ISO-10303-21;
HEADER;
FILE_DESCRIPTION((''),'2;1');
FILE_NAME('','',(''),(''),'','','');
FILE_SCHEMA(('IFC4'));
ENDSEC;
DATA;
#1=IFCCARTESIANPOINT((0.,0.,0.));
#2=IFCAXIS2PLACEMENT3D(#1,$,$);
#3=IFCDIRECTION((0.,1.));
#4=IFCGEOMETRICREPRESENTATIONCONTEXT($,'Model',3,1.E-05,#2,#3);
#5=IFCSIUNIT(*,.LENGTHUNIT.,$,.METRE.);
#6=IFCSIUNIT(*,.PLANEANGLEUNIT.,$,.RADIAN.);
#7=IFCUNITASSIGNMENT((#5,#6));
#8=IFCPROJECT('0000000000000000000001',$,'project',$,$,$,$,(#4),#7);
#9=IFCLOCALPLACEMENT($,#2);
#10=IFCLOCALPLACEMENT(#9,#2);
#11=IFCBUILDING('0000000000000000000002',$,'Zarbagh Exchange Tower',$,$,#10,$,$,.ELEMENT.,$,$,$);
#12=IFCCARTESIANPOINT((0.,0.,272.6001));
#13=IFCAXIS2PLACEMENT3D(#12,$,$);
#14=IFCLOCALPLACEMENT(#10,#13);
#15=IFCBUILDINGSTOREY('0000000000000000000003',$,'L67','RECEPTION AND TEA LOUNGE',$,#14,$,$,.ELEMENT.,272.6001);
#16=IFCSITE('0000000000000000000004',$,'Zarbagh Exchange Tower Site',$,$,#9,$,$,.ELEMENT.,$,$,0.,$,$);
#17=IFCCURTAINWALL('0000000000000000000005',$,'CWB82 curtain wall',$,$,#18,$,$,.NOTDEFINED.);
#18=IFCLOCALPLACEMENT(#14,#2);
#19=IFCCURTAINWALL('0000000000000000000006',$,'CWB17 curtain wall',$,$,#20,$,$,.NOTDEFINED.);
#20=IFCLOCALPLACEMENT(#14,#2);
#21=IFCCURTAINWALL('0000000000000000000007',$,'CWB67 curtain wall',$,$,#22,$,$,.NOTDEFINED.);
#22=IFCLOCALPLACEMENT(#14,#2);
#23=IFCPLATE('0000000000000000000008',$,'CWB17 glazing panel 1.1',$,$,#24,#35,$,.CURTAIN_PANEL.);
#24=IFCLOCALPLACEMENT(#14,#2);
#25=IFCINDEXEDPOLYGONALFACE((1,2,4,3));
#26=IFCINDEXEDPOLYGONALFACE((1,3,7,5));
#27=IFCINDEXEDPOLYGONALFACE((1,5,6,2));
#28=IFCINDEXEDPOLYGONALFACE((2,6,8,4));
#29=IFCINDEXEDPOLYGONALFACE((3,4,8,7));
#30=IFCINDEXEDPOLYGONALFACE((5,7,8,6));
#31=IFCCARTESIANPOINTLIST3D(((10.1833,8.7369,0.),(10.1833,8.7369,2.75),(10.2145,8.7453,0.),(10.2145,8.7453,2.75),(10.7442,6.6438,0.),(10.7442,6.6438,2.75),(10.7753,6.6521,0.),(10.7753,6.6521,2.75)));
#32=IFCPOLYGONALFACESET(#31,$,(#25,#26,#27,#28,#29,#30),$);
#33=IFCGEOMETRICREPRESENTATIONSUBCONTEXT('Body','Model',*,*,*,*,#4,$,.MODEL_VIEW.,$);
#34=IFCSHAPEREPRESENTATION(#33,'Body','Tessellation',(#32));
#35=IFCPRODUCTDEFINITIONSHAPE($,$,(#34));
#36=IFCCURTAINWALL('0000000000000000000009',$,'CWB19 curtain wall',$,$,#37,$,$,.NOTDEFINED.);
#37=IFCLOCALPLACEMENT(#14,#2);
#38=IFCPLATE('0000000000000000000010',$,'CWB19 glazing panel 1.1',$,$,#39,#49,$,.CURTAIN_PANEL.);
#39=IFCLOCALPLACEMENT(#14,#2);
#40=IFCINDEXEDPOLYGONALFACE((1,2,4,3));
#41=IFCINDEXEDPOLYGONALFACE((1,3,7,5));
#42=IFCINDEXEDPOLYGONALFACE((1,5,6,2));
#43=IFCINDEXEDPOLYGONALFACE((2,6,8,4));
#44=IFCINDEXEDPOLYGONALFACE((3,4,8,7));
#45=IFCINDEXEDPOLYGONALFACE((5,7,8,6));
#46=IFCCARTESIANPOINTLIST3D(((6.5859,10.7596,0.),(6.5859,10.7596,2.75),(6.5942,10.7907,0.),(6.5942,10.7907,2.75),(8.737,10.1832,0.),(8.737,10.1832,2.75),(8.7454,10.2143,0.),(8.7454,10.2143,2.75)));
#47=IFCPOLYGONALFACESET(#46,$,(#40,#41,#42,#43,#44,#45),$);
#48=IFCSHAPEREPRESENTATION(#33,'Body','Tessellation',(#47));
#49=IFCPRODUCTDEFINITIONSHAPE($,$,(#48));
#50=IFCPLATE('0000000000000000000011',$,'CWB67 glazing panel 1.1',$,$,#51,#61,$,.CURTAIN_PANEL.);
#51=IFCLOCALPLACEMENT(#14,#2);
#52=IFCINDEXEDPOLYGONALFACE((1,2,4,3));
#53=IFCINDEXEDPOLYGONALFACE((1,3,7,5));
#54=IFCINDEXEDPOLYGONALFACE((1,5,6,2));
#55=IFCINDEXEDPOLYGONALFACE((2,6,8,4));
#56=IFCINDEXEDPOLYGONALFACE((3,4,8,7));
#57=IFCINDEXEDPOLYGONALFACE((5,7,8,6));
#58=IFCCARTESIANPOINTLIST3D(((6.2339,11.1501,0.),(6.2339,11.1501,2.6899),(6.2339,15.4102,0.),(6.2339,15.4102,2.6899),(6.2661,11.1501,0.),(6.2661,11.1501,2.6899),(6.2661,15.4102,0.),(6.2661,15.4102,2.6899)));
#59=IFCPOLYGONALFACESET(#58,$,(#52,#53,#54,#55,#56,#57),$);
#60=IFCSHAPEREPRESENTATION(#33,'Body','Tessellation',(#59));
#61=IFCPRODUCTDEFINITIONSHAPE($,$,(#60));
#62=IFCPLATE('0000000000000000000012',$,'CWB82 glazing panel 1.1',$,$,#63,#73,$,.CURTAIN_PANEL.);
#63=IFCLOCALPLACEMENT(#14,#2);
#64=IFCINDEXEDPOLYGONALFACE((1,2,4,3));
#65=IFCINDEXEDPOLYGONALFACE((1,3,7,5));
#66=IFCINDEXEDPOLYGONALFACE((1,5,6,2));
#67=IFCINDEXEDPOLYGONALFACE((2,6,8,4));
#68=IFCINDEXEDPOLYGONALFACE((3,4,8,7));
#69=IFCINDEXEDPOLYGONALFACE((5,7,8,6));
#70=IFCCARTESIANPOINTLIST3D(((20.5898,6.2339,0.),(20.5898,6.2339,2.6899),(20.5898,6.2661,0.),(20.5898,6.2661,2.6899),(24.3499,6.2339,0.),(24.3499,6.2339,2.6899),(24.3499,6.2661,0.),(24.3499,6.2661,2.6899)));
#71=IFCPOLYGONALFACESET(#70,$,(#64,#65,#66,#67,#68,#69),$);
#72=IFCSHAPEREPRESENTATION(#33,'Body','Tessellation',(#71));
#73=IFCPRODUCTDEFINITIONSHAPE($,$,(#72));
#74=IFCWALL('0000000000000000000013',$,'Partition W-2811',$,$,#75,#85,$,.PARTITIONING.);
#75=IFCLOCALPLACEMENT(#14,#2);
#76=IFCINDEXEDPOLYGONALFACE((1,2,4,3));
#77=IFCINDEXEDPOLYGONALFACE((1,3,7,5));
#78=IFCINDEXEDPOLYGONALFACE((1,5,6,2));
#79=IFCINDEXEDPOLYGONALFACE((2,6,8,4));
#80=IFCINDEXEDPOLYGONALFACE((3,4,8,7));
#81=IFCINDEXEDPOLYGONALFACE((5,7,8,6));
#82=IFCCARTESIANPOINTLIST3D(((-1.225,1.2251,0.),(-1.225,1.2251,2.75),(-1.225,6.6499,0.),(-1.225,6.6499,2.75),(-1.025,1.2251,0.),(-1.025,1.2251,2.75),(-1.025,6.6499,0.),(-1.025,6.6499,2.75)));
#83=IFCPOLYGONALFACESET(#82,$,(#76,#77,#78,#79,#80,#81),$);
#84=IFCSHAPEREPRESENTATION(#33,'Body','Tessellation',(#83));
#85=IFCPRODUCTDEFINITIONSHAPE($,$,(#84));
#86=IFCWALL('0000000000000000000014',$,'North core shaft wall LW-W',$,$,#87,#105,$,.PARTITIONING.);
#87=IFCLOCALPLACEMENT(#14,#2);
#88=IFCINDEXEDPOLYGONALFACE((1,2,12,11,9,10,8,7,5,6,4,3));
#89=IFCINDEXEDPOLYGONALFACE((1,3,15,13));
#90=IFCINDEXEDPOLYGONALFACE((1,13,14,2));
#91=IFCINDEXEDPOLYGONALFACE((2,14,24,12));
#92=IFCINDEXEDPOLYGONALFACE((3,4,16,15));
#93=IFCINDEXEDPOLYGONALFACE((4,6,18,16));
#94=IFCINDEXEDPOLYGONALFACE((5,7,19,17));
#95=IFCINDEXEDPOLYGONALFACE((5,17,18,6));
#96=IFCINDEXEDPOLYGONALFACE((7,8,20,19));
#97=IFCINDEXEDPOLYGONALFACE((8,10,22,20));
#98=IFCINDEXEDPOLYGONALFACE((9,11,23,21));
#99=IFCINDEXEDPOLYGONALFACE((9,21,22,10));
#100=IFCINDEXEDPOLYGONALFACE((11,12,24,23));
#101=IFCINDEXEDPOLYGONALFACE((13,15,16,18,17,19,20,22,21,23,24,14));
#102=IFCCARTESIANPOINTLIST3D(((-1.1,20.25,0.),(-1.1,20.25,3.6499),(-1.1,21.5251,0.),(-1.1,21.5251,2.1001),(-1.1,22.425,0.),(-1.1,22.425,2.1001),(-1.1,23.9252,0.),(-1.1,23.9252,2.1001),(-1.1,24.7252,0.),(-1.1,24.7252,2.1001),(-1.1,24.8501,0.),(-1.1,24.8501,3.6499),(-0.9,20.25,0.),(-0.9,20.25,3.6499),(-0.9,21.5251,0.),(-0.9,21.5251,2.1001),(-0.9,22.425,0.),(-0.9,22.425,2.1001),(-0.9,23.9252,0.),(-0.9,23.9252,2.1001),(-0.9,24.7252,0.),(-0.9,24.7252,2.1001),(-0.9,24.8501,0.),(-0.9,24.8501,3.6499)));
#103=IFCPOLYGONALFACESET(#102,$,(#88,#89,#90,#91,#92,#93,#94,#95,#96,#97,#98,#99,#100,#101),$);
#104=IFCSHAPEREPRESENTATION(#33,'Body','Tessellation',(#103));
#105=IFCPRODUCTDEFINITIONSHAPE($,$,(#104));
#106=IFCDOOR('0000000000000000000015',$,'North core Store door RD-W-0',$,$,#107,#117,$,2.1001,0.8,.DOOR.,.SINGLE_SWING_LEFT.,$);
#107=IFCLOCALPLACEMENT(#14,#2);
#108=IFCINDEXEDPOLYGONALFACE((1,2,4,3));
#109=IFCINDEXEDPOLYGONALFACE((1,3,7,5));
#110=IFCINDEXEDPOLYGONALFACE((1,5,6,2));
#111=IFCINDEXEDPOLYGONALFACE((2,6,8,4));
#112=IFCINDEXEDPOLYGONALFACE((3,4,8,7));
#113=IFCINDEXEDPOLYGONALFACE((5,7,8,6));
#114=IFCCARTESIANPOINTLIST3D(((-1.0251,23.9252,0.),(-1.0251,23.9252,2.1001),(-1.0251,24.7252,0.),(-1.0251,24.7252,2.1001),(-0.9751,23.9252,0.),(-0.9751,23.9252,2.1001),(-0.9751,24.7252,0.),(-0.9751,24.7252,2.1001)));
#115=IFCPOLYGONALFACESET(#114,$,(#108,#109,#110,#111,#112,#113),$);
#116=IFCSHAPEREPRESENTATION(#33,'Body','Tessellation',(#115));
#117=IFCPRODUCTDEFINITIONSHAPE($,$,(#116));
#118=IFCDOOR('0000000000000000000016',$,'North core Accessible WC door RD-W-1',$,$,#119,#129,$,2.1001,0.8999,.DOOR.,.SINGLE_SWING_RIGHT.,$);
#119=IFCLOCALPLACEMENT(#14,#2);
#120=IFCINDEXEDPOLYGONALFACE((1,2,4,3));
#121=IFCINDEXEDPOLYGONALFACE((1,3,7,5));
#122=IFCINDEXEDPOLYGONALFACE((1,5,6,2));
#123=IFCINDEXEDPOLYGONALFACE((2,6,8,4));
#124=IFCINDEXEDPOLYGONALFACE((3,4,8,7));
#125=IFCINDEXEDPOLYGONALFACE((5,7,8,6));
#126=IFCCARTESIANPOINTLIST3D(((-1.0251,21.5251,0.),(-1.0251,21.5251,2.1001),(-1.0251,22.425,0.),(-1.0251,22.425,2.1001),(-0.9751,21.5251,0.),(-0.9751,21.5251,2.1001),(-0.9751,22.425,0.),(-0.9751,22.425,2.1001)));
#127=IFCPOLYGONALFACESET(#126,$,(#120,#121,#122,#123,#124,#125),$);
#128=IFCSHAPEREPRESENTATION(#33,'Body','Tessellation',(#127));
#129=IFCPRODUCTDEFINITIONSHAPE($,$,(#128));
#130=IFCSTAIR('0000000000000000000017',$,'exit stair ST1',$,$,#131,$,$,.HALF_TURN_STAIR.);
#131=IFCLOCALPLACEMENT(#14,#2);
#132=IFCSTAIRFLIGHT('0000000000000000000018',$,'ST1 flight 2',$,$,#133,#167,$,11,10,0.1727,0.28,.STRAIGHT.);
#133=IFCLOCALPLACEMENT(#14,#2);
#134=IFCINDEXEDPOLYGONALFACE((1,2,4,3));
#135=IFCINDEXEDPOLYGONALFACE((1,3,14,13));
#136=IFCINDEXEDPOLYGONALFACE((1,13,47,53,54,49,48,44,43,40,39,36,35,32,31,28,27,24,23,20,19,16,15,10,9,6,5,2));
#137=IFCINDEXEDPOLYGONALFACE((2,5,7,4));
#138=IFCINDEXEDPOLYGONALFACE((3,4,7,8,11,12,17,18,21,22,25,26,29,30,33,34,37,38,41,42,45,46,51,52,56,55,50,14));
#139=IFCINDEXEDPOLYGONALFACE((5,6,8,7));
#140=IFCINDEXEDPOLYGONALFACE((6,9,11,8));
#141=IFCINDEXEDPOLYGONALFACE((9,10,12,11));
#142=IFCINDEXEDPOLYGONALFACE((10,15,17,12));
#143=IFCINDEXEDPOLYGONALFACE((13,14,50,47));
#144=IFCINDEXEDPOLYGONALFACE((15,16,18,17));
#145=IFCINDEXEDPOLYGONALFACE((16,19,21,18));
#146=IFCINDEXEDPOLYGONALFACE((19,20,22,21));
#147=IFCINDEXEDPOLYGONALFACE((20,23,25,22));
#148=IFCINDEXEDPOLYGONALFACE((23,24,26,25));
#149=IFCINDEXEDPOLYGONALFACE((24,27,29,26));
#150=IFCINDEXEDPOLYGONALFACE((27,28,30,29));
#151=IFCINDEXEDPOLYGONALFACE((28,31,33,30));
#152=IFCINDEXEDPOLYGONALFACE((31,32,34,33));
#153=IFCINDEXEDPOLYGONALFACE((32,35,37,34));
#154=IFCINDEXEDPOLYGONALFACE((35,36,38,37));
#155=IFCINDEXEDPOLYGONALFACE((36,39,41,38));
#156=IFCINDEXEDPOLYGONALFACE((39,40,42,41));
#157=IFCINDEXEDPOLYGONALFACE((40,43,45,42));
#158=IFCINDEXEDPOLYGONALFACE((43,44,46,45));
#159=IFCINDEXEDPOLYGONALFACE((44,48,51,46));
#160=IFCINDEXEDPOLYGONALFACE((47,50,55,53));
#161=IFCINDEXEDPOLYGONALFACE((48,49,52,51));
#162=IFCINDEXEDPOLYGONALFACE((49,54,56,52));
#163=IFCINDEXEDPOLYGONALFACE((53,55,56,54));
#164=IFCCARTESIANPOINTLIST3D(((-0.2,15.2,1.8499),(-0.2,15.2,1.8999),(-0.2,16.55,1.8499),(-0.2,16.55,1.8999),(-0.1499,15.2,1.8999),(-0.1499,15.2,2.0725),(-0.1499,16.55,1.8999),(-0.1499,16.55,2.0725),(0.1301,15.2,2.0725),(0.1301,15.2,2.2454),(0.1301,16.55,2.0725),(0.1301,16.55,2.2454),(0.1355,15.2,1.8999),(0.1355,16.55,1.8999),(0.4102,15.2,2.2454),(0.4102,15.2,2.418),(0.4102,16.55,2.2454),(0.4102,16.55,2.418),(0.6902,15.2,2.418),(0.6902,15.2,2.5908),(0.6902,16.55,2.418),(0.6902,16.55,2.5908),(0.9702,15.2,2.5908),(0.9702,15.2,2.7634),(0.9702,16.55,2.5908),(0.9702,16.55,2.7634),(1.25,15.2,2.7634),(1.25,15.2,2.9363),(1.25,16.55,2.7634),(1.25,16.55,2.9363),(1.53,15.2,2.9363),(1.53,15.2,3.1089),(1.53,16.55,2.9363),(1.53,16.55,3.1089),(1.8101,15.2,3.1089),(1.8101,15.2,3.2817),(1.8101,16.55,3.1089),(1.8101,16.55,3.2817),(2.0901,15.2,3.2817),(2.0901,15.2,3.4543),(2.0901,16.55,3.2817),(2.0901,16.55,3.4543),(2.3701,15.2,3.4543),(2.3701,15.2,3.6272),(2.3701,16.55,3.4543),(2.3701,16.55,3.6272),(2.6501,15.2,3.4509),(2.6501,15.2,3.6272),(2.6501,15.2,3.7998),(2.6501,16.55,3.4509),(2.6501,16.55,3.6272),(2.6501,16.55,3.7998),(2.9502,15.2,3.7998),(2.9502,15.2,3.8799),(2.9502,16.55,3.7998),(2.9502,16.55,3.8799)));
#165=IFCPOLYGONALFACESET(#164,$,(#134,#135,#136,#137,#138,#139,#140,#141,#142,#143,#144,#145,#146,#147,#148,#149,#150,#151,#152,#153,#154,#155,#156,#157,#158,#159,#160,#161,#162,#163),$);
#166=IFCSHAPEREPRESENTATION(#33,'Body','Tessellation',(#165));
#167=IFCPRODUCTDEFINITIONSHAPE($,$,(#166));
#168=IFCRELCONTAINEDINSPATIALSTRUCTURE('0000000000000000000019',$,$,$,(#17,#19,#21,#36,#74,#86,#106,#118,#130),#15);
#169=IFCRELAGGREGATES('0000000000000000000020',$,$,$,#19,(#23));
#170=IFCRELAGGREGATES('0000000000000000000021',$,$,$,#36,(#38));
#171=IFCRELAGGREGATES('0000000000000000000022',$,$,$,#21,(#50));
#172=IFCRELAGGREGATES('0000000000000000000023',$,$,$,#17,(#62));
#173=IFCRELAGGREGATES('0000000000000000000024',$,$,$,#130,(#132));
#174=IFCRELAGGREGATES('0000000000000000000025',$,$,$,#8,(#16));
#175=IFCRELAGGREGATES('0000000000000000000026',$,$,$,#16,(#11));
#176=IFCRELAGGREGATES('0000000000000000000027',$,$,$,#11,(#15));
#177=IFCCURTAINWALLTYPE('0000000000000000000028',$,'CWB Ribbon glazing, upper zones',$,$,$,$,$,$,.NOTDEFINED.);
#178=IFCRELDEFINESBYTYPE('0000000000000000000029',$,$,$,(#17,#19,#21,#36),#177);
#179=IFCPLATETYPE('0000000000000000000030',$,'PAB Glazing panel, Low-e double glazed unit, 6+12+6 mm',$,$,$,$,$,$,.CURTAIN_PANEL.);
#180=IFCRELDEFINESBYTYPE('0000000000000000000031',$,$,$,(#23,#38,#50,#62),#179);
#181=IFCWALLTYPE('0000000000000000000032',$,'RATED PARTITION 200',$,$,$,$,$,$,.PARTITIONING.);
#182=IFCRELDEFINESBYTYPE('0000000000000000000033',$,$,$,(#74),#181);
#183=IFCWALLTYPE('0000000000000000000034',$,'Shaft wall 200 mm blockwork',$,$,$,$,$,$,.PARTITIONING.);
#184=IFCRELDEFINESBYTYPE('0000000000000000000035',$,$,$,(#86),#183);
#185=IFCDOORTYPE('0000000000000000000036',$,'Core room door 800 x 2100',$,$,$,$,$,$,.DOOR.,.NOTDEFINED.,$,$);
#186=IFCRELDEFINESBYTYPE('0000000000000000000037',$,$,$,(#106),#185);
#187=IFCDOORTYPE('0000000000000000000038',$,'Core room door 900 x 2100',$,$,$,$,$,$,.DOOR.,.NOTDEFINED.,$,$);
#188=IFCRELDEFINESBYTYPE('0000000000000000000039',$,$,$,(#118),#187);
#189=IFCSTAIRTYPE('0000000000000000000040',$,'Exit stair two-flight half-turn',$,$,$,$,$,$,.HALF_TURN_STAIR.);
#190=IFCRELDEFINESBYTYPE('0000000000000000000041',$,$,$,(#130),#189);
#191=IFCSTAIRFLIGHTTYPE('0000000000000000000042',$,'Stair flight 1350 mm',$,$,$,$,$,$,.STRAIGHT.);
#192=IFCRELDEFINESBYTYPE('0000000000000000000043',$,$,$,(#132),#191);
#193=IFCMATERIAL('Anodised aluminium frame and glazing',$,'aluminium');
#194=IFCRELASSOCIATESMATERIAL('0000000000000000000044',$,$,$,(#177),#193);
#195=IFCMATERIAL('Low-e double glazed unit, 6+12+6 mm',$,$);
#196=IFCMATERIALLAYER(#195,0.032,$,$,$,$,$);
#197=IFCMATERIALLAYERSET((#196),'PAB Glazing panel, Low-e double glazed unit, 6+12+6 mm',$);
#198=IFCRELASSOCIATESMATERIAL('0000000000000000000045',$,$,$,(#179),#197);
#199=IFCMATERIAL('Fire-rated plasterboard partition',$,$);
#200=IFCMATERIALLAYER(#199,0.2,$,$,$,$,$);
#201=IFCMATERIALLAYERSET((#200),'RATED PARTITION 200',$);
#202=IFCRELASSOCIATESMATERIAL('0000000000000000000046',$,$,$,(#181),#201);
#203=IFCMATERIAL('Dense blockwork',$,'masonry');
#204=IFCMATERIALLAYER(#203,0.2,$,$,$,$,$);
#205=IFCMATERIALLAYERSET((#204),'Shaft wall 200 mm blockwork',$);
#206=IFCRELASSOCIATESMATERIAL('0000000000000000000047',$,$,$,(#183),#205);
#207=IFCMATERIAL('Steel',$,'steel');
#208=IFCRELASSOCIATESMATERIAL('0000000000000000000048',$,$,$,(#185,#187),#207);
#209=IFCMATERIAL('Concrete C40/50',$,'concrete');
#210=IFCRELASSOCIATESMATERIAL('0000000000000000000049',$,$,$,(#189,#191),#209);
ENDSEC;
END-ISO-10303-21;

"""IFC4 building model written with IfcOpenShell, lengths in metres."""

from ifc_helpers import new_model, si_unit, direction, frame, frame_2d, origin, place, context, subcontext, project, spatial, polyline, rectangle, outline, extrude, source, transform, mapped, material, layer, layer_set, type_object, element, fill, aggregate, save


model = new_model("IFC4")

# Units and contexts
model_context = context("Model", 3, precision=1e-05, world=origin(), true_north=direction((0.0, 1.0)))
body_context = subcontext(model_context, "Body", "Model", "MODEL_VIEW")
ifc_project = project(units=[si_unit("LENGTHUNIT", "METRE"), si_unit("PLANEANGLEUNIT", "RADIAN")], contexts=[model_context])

# Site, building, storey
site_placement = place(None, origin())
site = spatial("IfcSite", under=ifc_project, at=site_placement, Name="Zarbagh Exchange Tower Site", CompositionType="ELEMENT", RefElevation=0.0)
building_placement = place(site_placement, origin())
building = spatial("IfcBuilding", under=site, at=building_placement, Name="Zarbagh Exchange Tower", CompositionType="ELEMENT")
storey_placement = place(building_placement, frame((0.0, 0.0, 272.6001)))
storey = spatial("IfcBuildingStorey", under=building, at=storey_placement, Name="L67", Description="RECEPTION AND TEA LOUNGE", CompositionType="ELEMENT", Elevation=272.6001)

# Curtain wall
ifc_material_1 = material(Name="Anodised aluminium frame and glazing", Category="aluminium")
curtain_wall_type = type_object("IfcCurtainWallType", Name="CWB Ribbon glazing, upper zones", PredefinedType="NOTDEFINED", material=ifc_material_1)
curtain_wall_1_placement = place(storey_placement, origin())
curtain_wall_1 = element("IfcCurtainWall", 1, at=curtain_wall_1_placement, inside=storey, type_object=curtain_wall_type, Name="CWB82 curtain wall", PredefinedType="NOTDEFINED")
placement = place(storey_placement, origin())

# Curtain wall
curtain_wall_2_placement = place(storey_placement, origin())
curtain_wall_2 = element("IfcCurtainWall", 2, at=curtain_wall_2_placement, inside=storey, type_object=curtain_wall_type, Name="CWB17 curtain wall", PredefinedType="NOTDEFINED")

# Curtain wall
curtain_wall_3_placement = place(storey_placement, origin())
curtain_wall_3 = element("IfcCurtainWall", 3, at=curtain_wall_3_placement, inside=storey, type_object=curtain_wall_type, Name="CWB67 curtain wall", PredefinedType="NOTDEFINED")

# Shared definitions
ifc_material_2 = material(Name="Low-e double glazed unit, 6+12+6 mm")
ifc_layer_1 = layer(ifc_material_2, 0.032)
ifc_layer_set_1 = layer_set([ifc_layer_1], Name="PAB Glazing panel, Low-e double glazed unit, 6+12+6 mm")
plate_type = type_object("IfcPlateType", Name="PAB Glazing panel, Low-e double glazed unit, 6+12+6 mm", PredefinedType="CURTAIN_PANEL", material=ifc_layer_set_1)

# Plate
shared_shape_1 = source(origin(), body_context, "Body", "SweptSolid", [
    extrude(outline(polyline([(0.0, -0.0161), (2.167, -0.0161), (2.167, 0.0161), (0.0, 0.0161), (0.0, -0.0161)])), origin(), (0.0, 0.0, 1.0), 2.75),
])
plate_1 = element("IfcPlate", 4, at=placement, type_object=plate_type, Name="CWB17 glazing panel 1.1", PredefinedType="CURTAIN_PANEL", context=body_context, shape_type="MappedRepresentation", body=[
    mapped(shared_shape_1, transform((10.7598, 6.6479, 0.0), x_axis=(-0.258825, 0.965924, 0.0), y_axis=(-0.965924, -0.258825, 0.0), z_axis=(0.0, 0.0, 1.0))),
])
aggregate(curtain_wall_2, [plate_1])

# Curtain wall, plate
curtain_wall_4_placement = place(storey_placement, origin())
curtain_wall_4 = element("IfcCurtainWall", 5, at=curtain_wall_4_placement, inside=storey, type_object=curtain_wall_type, Name="CWB19 curtain wall", PredefinedType="NOTDEFINED")
shared_shape_2 = source(origin(), body_context, "Body", "SweptSolid", [
    extrude(outline(polyline([(0.0, -0.0161), (2.2271, -0.0161), (2.2271, 0.0161), (0.0, 0.0161), (0.0, -0.0161)])), origin(), (0.0, 0.0, 1.0), 2.75),
])
plate_2 = element("IfcPlate", 6, at=placement, type_object=plate_type, Name="CWB19 glazing panel 1.1", PredefinedType="CURTAIN_PANEL", context=body_context, shape_type="MappedRepresentation", body=[
    mapped(shared_shape_2, transform((8.7412, 10.1987, 0.0), x_axis=(-0.965924, 0.258825, 0.0), y_axis=(-0.258825, -0.965924, 0.0), z_axis=(0.0, 0.0, 1.0))),
])
aggregate(curtain_wall_4, [plate_2])

# Plates
shared_shape_3 = source(origin(), body_context, "Body", "SweptSolid", [
    extrude(outline(polyline([(0.0, -0.0161), (4.26, -0.0161), (4.26, 0.0161), (0.0, 0.0161), (0.0, -0.0161)])), origin(), (0.0, 0.0, 1.0), 2.6899),
])
plate_3 = element("IfcPlate", 7, at=placement, type_object=plate_type, Name="CWB67 glazing panel 1.1", PredefinedType="CURTAIN_PANEL", context=body_context, shape_type="MappedRepresentation", body=[
    mapped(shared_shape_3, transform((6.25, 11.1501, 0.0), x_axis=(0.0, 1.0, 0.0), y_axis=(-1.0, 0.0, 0.0), z_axis=(0.0, 0.0, 1.0))),
])
aggregate(curtain_wall_3, [plate_3])
shared_shape_4 = source(origin(), body_context, "Body", "SweptSolid", [
    extrude(outline(polyline([(0.0, -0.0161), (3.76, -0.0161), (3.76, 0.0161), (0.0, 0.0161), (0.0, -0.0161)])), origin(), (0.0, 0.0, 1.0), 2.6899),
])
plate_4 = element("IfcPlate", 8, at=placement, type_object=plate_type, Name="CWB82 glazing panel 1.1", PredefinedType="CURTAIN_PANEL", context=body_context, shape_type="MappedRepresentation", body=[
    mapped(shared_shape_4, transform((24.3499, 6.25, 0.0), x_axis=(-1.0, 0.0, 0.0), y_axis=(0.0, -1.0, 0.0), z_axis=(0.0, 0.0, 1.0))),
])
aggregate(curtain_wall_1, [plate_4])

# Wall
ifc_material_3 = material(Name="Fire-rated plasterboard partition")
ifc_layer_2 = layer(ifc_material_3, 0.2)
ifc_layer_set_2 = layer_set([ifc_layer_2], Name="RATED PARTITION 200")
wall_type_1 = type_object("IfcWallType", Name="RATED PARTITION 200", PredefinedType="PARTITIONING", material=ifc_layer_set_2)
wall_1_placement = place(storey_placement, frame((-1.125, 1.2251, 0.0), z_axis=(0.0, 0.0, 1.0), x_axis=(0.0, 1.0, 0.0)))
element("IfcWall", 9, at=wall_1_placement, inside=storey, type_object=wall_type_1, Name="Partition W-2811", PredefinedType="PARTITIONING", context=body_context, shape_type="SweptSolid", body=[
    extrude(rectangle(XDim=5.4248, YDim=0.2, at=frame_2d((2.7124, 0.0))), origin(), (0.0, 0.0, 1.0), 2.75),
])

# Wall, openings, doors
ifc_material_4 = material(Name="Dense blockwork", Category="masonry")
ifc_layer_3 = layer(ifc_material_4, 0.2)
ifc_layer_set_3 = layer_set([ifc_layer_3], Name="Shaft wall 200 mm blockwork")
wall_type_2 = type_object("IfcWallType", Name="Shaft wall 200 mm blockwork", PredefinedType="PARTITIONING", material=ifc_layer_set_3)
wall_2_placement = place(storey_placement, frame((-1.0, 24.8501, 0.0), z_axis=(0.0, 0.0, 1.0), x_axis=(0.0, -1.0, 0.0)))
wall_2 = element("IfcWall", 10, at=wall_2_placement, inside=storey, type_object=wall_type_2, Name="North core shaft wall LW-W", PredefinedType="PARTITIONING", context=body_context, shape_type="SweptSolid", body=[
    extrude(rectangle(XDim=4.6001, YDim=0.2, at=frame_2d((2.3, 0.0))), origin(), (0.0, 0.0, 1.0), 3.6499),
])
opening_1_placement = place(wall_2_placement, frame((0.125, 0.0, 0.0)))
opening_1 = element("IfcOpeningElement", 11, at=opening_1_placement, cuts=wall_2, PredefinedType="OPENING", context=body_context, shape_type="SweptSolid", body=[
    extrude(rectangle(XDim=0.8, YDim=2.1001, at=frame_2d((0.3999, 1.05))), frame((0.0, 0.1099, 0.0), z_axis=(0.0, -1.0, 0.0), x_axis=(1.0, 0.0, 0.0)), (0.0, 0.0, 1.0), 0.22),
])
opening_2_placement = place(wall_2_placement, frame((2.425, 0.0, 0.0)))
opening_2 = element("IfcOpeningElement", 12, at=opening_2_placement, cuts=wall_2, PredefinedType="OPENING", context=body_context, shape_type="SweptSolid", body=[
    extrude(rectangle(XDim=0.8999, YDim=2.1001, at=frame_2d((0.45, 1.05))), frame((0.0, 0.1099, 0.0), z_axis=(0.0, -1.0, 0.0), x_axis=(1.0, 0.0, 0.0)), (0.0, 0.0, 1.0), 0.22),
])
ifc_material_5 = material(Name="Steel", Category="steel")
door_type_1 = type_object("IfcDoorType", Name="Core room door 800 x 2100", OperationType="NOTDEFINED", PredefinedType="DOOR", material=ifc_material_5)
door_1_placement = place(opening_1_placement, origin())
door_1 = element("IfcDoor", 13, at=door_1_placement, inside=storey, type_object=door_type_1, Name="North core Store door RD-W-0", OperationType="SINGLE_SWING_LEFT", OverallHeight=2.1001, OverallWidth=0.8, PredefinedType="DOOR", context=body_context, shape_type="SweptSolid", body=[
    extrude(rectangle(XDim=0.8, YDim=2.1001, at=frame_2d((0.3999, 1.05))), frame((0.0, 0.0249, 0.0), z_axis=(0.0, -1.0, 0.0), x_axis=(1.0, 0.0, 0.0)), (0.0, 0.0, 1.0), 0.05),
])
fill(opening_1, door_1)
door_type_2 = type_object("IfcDoorType", Name="Core room door 900 x 2100", OperationType="NOTDEFINED", PredefinedType="DOOR", material=ifc_material_5)
door_2_placement = place(opening_2_placement, origin())
door_2 = element("IfcDoor", 14, at=door_2_placement, inside=storey, type_object=door_type_2, Name="North core Accessible WC door RD-W-1", OperationType="SINGLE_SWING_RIGHT", OverallHeight=2.1001, OverallWidth=0.8999, PredefinedType="DOOR", context=body_context, shape_type="SweptSolid", body=[
    extrude(rectangle(XDim=0.8999, YDim=2.1001, at=frame_2d((0.45, 1.05))), frame((0.0, 0.0249, 0.0), z_axis=(0.0, -1.0, 0.0), x_axis=(1.0, 0.0, 0.0)), (0.0, 0.0, 1.0), 0.05),
])
fill(opening_2, door_2)

# Stair, stair flight
ifc_material_6 = material(Name="Concrete C40/50", Category="concrete")
stair_type = type_object("IfcStairType", Name="Exit stair two-flight half-turn", PredefinedType="HALF_TURN_STAIR", material=ifc_material_6)
stair_placement = place(storey_placement, origin())
stair = element("IfcStair", 15, at=stair_placement, inside=storey, type_object=stair_type, Name="exit stair ST1", PredefinedType="HALF_TURN_STAIR")
stair_flight_type = type_object("IfcStairFlightType", Name="Stair flight 1350 mm", PredefinedType="STRAIGHT", material=ifc_material_6)
stair_flight_placement = place(storey_placement, frame((-0.1499, 15.875, 1.8999), z_axis=(0.0, 0.0, 1.0), x_axis=(1.0, 0.0, 0.0)))
stair_flight = element("IfcStairFlight", 16, at=stair_flight_placement, type_object=stair_flight_type, Name="ST1 flight 2", NumberOfRisers=11, NumberOfTreads=10, PredefinedType="STRAIGHT", RiserHeight=0.1727, TreadLength=0.28, context=body_context, shape_type="SweptSolid", body=[
    extrude(outline(polyline([(-0.05, -0.05), (-0.05, 0.0), (0.0, 0.0), (0.0, 0.1726), (0.28, 0.1726), (0.28, 0.3455), (0.5601, 0.3455), (0.5601, 0.5181), (0.8401, 0.5181), (0.8401, 0.6909), (1.1201, 0.6909), (1.1201, 0.8635), (1.3999, 0.8635), (1.3999, 1.0364), (1.6799, 1.0364), (1.6799, 1.209), (1.96, 1.209), (1.96, 1.3818), (2.24, 1.3818), (2.24, 1.5544), (2.52, 1.5544), (2.52, 1.7273), (2.8, 1.7273), (2.8, 1.8999), (3.1001, 1.98), (3.1001, 1.8999), (2.8, 1.551), (0.2854, 0.0), (-0.05, -0.05)])), frame((0.0, 0.675, 0.0), z_axis=(0.0, -1.0, 0.0), x_axis=(1.0, 0.0, 0.0)), (0.0, 0.0, 1.0), 1.3501),
])
aggregate(stair, [stair_flight])

save(model, "model.ifc")
